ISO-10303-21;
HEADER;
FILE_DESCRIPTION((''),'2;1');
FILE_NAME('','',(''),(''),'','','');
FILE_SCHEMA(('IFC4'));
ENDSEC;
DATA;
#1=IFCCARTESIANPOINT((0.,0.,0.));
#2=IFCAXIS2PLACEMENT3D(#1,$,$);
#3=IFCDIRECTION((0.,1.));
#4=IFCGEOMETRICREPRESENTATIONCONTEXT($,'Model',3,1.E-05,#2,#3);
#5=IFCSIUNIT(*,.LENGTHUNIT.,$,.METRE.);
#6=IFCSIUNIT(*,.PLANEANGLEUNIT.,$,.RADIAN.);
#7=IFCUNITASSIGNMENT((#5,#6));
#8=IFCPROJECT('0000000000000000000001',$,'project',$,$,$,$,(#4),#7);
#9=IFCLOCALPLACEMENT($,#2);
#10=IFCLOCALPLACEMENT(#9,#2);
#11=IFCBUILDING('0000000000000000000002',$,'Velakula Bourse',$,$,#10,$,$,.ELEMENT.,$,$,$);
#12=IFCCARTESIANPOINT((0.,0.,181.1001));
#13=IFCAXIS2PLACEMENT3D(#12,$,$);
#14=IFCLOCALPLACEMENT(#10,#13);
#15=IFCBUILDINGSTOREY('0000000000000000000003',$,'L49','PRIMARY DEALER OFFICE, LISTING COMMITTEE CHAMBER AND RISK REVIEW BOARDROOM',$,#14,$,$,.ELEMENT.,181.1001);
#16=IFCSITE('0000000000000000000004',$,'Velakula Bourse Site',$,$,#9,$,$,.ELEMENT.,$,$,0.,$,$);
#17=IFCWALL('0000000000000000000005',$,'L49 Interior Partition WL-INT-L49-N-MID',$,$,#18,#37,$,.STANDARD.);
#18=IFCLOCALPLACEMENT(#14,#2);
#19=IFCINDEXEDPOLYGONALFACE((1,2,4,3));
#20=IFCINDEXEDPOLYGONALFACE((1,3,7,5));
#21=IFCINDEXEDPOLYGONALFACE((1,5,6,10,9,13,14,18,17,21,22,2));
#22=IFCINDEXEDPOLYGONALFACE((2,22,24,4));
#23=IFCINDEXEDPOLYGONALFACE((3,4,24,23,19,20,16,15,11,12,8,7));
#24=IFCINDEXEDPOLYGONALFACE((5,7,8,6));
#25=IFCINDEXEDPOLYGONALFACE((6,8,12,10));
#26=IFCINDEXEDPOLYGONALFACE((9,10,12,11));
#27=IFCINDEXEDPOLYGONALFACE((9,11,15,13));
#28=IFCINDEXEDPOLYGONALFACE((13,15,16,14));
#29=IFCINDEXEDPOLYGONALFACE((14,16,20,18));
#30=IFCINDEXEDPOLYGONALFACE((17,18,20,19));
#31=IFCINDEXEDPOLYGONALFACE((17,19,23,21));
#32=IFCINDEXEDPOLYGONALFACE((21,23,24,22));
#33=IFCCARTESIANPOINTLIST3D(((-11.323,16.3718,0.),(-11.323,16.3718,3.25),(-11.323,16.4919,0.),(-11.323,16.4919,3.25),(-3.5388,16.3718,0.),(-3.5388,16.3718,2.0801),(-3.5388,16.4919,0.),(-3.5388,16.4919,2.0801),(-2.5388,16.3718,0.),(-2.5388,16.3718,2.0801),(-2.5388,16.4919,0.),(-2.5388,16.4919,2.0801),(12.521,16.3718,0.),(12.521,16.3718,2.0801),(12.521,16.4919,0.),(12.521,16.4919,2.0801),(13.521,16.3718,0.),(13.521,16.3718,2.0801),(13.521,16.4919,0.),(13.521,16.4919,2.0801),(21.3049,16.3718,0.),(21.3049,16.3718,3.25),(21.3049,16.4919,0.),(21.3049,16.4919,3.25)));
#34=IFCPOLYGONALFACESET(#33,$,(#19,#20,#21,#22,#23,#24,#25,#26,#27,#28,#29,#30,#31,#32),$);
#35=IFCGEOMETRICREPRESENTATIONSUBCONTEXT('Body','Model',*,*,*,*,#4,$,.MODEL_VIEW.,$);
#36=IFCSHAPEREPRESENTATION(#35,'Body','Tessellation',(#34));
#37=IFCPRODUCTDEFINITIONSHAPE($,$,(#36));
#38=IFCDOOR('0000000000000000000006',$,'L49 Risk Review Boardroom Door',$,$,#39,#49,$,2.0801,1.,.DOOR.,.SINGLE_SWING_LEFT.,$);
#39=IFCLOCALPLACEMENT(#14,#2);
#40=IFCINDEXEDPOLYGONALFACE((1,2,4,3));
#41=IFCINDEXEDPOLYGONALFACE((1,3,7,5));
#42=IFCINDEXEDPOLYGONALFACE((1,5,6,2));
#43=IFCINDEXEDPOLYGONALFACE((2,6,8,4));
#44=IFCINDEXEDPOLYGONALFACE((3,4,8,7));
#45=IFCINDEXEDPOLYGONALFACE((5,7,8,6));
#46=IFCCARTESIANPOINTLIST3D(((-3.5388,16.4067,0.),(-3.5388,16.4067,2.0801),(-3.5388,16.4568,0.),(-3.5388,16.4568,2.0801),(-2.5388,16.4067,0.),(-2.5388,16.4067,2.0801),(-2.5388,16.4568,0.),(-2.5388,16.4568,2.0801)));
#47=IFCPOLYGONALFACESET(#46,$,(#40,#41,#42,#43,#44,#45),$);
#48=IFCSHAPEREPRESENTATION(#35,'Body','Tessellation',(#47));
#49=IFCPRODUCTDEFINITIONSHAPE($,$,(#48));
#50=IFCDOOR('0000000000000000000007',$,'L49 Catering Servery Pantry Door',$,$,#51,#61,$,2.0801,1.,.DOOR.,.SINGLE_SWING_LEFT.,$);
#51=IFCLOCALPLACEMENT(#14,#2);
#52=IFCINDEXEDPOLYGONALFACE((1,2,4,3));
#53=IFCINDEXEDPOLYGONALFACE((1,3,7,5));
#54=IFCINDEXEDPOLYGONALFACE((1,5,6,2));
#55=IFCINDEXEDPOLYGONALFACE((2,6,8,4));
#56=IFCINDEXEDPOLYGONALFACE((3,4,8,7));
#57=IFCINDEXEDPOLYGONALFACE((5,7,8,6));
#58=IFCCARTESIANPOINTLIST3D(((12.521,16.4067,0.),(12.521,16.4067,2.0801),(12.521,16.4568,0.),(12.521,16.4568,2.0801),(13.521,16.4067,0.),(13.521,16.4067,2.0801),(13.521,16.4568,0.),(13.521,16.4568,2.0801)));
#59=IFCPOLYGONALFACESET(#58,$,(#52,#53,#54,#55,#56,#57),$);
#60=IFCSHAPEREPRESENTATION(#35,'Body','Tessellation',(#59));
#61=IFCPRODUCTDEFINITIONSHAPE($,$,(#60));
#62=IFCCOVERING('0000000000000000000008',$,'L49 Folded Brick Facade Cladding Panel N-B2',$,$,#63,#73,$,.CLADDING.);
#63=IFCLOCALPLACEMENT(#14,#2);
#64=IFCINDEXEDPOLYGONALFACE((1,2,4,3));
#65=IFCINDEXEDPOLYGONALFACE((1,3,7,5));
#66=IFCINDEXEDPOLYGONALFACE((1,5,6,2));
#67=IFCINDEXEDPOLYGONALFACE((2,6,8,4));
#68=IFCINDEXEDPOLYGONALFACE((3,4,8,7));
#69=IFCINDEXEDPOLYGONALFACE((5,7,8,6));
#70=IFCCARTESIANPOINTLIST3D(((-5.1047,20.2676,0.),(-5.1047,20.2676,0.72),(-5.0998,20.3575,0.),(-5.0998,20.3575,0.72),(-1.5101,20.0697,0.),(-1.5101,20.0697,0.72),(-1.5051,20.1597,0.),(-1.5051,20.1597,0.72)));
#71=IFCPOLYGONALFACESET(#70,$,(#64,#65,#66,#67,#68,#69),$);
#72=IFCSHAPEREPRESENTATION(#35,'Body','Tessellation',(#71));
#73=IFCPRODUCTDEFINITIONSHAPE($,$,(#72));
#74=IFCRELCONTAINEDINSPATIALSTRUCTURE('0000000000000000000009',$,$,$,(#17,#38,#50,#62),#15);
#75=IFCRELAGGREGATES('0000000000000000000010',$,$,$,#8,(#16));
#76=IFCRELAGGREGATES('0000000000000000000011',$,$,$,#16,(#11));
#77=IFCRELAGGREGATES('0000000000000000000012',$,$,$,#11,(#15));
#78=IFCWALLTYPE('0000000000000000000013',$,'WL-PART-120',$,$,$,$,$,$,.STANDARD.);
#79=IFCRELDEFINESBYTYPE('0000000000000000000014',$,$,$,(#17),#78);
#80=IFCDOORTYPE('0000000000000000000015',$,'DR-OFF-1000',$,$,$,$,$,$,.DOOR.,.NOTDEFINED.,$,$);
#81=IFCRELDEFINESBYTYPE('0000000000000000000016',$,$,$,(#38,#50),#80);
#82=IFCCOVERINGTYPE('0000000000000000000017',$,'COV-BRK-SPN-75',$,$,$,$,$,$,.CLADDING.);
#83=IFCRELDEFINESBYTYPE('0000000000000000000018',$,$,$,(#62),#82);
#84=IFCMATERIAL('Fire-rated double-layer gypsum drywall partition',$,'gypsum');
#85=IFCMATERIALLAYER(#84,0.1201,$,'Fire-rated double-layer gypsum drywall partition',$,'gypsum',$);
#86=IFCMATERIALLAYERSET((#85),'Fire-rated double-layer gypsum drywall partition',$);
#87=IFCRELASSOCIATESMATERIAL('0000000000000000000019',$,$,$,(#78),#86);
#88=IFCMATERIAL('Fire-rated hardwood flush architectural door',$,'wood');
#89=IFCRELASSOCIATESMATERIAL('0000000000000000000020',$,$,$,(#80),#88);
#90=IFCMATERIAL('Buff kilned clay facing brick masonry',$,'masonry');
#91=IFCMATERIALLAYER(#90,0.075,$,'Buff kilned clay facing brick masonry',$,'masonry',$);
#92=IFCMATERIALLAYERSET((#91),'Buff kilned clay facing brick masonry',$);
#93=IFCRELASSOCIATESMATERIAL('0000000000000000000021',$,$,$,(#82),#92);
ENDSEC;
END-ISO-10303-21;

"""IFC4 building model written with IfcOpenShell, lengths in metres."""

from ifc_helpers import new_model, si_unit, direction, frame, frame_2d, origin, origin_2d, place, context, subcontext, project, spatial, rectangle, extrude, material, layer, layer_set, type_object, element, fill, save


model = new_model("IFC4")

# Units and contexts
model_context = context("Model", 3, precision=1e-05, world=origin(), true_north=direction((0.0, 1.0)))
body_context = subcontext(model_context, "Body", "Model", "MODEL_VIEW")
ifc_project = project(units=[si_unit("LENGTHUNIT", "METRE"), si_unit("PLANEANGLEUNIT", "RADIAN")], contexts=[model_context])

# Site, building, storey
site_placement = place(None, origin())
site = spatial("IfcSite", under=ifc_project, at=site_placement, Name="Velakula Bourse Site", CompositionType="ELEMENT", RefElevation=0.0)
building_placement = place(site_placement, origin())
building = spatial("IfcBuilding", under=site, at=building_placement, Name="Velakula Bourse", CompositionType="ELEMENT")
storey_placement = place(building_placement, frame((0.0, 0.0, 181.1001)))
storey = spatial("IfcBuildingStorey", under=building, at=storey_placement, Name="L49", Description="PRIMARY DEALER OFFICE, LISTING COMMITTEE CHAMBER AND RISK REVIEW BOARDROOM", CompositionType="ELEMENT", Elevation=181.1001)

# Shared definitions
ifc_material_1 = material(Name="Fire-rated double-layer gypsum drywall partition", Category="gypsum")
ifc_layer_1 = layer(ifc_material_1, 0.1201, Name="Fire-rated double-layer gypsum drywall partition", Category="gypsum")
ifc_layer_set_1 = layer_set([ifc_layer_1], Name="Fire-rated double-layer gypsum drywall partition")
wall_type_1 = type_object("IfcWallType", Name="WL-PART-120", PredefinedType="STANDARD", material=ifc_layer_set_1)

# Wall, openings, doors
wall_1_placement = place(storey_placement, frame((-11.323, 16.4319, 0.0), z_axis=(0.0, 0.0, 1.0), x_axis=(1.0, 0.0, 0.0)))
wall_1 = element("IfcWall", 1, at=wall_1_placement, inside=storey, type_object=wall_type_1, Name="L49 Interior Partition WL-INT-L49-N-MID", PredefinedType="STANDARD", context=body_context, shape_type="SweptSolid", body=[
    extrude(rectangle(XDim=32.6279, YDim=0.1201, at=frame_2d((16.314, 0.0))), origin(), (0.0, 0.0, 1.0), 3.25),
])
opening_1_placement = place(wall_1_placement, frame((7.7842, 0.0, 0.0)))
opening_1 = element("IfcOpeningElement", 2, at=opening_1_placement, cuts=wall_1, PredefinedType="OPENING", context=body_context, shape_type="SweptSolid", body=[
    extrude(rectangle(XDim=1.0, YDim=2.0801, at=frame_2d((0.5, 1.04))), frame((0.0, 0.0701, 0.0), z_axis=(0.0, -1.0, 0.0), x_axis=(1.0, 0.0, 0.0)), (0.0, 0.0, 1.0), 0.1401),
])
opening_2_placement = place(wall_1_placement, frame((23.844, 0.0, 0.0)))
opening_2 = element("IfcOpeningElement", 3, at=opening_2_placement, cuts=wall_1, PredefinedType="OPENING", context=body_context, shape_type="SweptSolid", body=[
    extrude(rectangle(XDim=1.0, YDim=2.0801, at=frame_2d((0.5, 1.04))), frame((0.0, 0.0701, 0.0), z_axis=(0.0, -1.0, 0.0), x_axis=(1.0, 0.0, 0.0)), (0.0, 0.0, 1.0), 0.1401),
])
ifc_material_2 = material(Name="Fire-rated hardwood flush architectural door", Category="wood")
door_type = type_object("IfcDoorType", Name="DR-OFF-1000", OperationType="NOTDEFINED", PredefinedType="DOOR", material=ifc_material_2)
door_1_placement = place(opening_1_placement, origin())
door_1 = element("IfcDoor", 4, at=door_1_placement, inside=storey, type_object=door_type, Name="L49 Risk Review Boardroom Door", OperationType="SINGLE_SWING_LEFT", OverallHeight=2.0801, OverallWidth=1.0, PredefinedType="DOOR", context=body_context, shape_type="SweptSolid", body=[
    extrude(rectangle(XDim=1.0, YDim=2.0801, at=frame_2d((0.5, 1.04))), frame((0.0, 0.0249, 0.0), z_axis=(0.0, -1.0, 0.0), x_axis=(1.0, 0.0, 0.0)), (0.0, 0.0, 1.0), 0.05),
])
fill(opening_1, door_1)
door_2_placement = place(opening_2_placement, origin())
door_2 = element("IfcDoor", 5, at=door_2_placement, inside=storey, type_object=door_type, Name="L49 Catering Servery Pantry Door", OperationType="SINGLE_SWING_LEFT", OverallHeight=2.0801, OverallWidth=1.0, PredefinedType="DOOR", context=body_context, shape_type="SweptSolid", body=[
    extrude(rectangle(XDim=1.0, YDim=2.0801, at=frame_2d((0.5, 1.04))), frame((0.0, 0.0249, 0.0), z_axis=(0.0, -1.0, 0.0), x_axis=(1.0, 0.0, 0.0)), (0.0, 0.0, 1.0), 0.05),
])
fill(opening_2, door_2)

# Covering
ifc_material_3 = material(Name="Buff kilned clay facing brick masonry", Category="masonry")
ifc_layer_2 = layer(ifc_material_3, 0.075, Name="Buff kilned clay facing brick masonry", Category="masonry")
ifc_layer_set_2 = layer_set([ifc_layer_2], Name="Buff kilned clay facing brick masonry")
covering_type = type_object("IfcCoveringType", Name="COV-BRK-SPN-75", PredefinedType="CLADDING", material=ifc_layer_set_2)
covering_placement = place(storey_placement, frame((-3.3049, 20.2136, 0.0), z_axis=(0.0, 0.0, 1.0), x_axis=(0.998489, -0.05495, 0.0)))
element("IfcCovering", 6, at=covering_placement, inside=storey, type_object=covering_type, Name="L49 Folded Brick Facade Cladding Panel N-B2", PredefinedType="CLADDING", context=body_context, shape_type="SweptSolid", body=[
    extrude(rectangle(XDim=3.6001, YDim=0.0901, at=origin_2d()), origin(), (0.0, 0.0, 1.0), 0.72),
])

save(model, "model.ifc")
